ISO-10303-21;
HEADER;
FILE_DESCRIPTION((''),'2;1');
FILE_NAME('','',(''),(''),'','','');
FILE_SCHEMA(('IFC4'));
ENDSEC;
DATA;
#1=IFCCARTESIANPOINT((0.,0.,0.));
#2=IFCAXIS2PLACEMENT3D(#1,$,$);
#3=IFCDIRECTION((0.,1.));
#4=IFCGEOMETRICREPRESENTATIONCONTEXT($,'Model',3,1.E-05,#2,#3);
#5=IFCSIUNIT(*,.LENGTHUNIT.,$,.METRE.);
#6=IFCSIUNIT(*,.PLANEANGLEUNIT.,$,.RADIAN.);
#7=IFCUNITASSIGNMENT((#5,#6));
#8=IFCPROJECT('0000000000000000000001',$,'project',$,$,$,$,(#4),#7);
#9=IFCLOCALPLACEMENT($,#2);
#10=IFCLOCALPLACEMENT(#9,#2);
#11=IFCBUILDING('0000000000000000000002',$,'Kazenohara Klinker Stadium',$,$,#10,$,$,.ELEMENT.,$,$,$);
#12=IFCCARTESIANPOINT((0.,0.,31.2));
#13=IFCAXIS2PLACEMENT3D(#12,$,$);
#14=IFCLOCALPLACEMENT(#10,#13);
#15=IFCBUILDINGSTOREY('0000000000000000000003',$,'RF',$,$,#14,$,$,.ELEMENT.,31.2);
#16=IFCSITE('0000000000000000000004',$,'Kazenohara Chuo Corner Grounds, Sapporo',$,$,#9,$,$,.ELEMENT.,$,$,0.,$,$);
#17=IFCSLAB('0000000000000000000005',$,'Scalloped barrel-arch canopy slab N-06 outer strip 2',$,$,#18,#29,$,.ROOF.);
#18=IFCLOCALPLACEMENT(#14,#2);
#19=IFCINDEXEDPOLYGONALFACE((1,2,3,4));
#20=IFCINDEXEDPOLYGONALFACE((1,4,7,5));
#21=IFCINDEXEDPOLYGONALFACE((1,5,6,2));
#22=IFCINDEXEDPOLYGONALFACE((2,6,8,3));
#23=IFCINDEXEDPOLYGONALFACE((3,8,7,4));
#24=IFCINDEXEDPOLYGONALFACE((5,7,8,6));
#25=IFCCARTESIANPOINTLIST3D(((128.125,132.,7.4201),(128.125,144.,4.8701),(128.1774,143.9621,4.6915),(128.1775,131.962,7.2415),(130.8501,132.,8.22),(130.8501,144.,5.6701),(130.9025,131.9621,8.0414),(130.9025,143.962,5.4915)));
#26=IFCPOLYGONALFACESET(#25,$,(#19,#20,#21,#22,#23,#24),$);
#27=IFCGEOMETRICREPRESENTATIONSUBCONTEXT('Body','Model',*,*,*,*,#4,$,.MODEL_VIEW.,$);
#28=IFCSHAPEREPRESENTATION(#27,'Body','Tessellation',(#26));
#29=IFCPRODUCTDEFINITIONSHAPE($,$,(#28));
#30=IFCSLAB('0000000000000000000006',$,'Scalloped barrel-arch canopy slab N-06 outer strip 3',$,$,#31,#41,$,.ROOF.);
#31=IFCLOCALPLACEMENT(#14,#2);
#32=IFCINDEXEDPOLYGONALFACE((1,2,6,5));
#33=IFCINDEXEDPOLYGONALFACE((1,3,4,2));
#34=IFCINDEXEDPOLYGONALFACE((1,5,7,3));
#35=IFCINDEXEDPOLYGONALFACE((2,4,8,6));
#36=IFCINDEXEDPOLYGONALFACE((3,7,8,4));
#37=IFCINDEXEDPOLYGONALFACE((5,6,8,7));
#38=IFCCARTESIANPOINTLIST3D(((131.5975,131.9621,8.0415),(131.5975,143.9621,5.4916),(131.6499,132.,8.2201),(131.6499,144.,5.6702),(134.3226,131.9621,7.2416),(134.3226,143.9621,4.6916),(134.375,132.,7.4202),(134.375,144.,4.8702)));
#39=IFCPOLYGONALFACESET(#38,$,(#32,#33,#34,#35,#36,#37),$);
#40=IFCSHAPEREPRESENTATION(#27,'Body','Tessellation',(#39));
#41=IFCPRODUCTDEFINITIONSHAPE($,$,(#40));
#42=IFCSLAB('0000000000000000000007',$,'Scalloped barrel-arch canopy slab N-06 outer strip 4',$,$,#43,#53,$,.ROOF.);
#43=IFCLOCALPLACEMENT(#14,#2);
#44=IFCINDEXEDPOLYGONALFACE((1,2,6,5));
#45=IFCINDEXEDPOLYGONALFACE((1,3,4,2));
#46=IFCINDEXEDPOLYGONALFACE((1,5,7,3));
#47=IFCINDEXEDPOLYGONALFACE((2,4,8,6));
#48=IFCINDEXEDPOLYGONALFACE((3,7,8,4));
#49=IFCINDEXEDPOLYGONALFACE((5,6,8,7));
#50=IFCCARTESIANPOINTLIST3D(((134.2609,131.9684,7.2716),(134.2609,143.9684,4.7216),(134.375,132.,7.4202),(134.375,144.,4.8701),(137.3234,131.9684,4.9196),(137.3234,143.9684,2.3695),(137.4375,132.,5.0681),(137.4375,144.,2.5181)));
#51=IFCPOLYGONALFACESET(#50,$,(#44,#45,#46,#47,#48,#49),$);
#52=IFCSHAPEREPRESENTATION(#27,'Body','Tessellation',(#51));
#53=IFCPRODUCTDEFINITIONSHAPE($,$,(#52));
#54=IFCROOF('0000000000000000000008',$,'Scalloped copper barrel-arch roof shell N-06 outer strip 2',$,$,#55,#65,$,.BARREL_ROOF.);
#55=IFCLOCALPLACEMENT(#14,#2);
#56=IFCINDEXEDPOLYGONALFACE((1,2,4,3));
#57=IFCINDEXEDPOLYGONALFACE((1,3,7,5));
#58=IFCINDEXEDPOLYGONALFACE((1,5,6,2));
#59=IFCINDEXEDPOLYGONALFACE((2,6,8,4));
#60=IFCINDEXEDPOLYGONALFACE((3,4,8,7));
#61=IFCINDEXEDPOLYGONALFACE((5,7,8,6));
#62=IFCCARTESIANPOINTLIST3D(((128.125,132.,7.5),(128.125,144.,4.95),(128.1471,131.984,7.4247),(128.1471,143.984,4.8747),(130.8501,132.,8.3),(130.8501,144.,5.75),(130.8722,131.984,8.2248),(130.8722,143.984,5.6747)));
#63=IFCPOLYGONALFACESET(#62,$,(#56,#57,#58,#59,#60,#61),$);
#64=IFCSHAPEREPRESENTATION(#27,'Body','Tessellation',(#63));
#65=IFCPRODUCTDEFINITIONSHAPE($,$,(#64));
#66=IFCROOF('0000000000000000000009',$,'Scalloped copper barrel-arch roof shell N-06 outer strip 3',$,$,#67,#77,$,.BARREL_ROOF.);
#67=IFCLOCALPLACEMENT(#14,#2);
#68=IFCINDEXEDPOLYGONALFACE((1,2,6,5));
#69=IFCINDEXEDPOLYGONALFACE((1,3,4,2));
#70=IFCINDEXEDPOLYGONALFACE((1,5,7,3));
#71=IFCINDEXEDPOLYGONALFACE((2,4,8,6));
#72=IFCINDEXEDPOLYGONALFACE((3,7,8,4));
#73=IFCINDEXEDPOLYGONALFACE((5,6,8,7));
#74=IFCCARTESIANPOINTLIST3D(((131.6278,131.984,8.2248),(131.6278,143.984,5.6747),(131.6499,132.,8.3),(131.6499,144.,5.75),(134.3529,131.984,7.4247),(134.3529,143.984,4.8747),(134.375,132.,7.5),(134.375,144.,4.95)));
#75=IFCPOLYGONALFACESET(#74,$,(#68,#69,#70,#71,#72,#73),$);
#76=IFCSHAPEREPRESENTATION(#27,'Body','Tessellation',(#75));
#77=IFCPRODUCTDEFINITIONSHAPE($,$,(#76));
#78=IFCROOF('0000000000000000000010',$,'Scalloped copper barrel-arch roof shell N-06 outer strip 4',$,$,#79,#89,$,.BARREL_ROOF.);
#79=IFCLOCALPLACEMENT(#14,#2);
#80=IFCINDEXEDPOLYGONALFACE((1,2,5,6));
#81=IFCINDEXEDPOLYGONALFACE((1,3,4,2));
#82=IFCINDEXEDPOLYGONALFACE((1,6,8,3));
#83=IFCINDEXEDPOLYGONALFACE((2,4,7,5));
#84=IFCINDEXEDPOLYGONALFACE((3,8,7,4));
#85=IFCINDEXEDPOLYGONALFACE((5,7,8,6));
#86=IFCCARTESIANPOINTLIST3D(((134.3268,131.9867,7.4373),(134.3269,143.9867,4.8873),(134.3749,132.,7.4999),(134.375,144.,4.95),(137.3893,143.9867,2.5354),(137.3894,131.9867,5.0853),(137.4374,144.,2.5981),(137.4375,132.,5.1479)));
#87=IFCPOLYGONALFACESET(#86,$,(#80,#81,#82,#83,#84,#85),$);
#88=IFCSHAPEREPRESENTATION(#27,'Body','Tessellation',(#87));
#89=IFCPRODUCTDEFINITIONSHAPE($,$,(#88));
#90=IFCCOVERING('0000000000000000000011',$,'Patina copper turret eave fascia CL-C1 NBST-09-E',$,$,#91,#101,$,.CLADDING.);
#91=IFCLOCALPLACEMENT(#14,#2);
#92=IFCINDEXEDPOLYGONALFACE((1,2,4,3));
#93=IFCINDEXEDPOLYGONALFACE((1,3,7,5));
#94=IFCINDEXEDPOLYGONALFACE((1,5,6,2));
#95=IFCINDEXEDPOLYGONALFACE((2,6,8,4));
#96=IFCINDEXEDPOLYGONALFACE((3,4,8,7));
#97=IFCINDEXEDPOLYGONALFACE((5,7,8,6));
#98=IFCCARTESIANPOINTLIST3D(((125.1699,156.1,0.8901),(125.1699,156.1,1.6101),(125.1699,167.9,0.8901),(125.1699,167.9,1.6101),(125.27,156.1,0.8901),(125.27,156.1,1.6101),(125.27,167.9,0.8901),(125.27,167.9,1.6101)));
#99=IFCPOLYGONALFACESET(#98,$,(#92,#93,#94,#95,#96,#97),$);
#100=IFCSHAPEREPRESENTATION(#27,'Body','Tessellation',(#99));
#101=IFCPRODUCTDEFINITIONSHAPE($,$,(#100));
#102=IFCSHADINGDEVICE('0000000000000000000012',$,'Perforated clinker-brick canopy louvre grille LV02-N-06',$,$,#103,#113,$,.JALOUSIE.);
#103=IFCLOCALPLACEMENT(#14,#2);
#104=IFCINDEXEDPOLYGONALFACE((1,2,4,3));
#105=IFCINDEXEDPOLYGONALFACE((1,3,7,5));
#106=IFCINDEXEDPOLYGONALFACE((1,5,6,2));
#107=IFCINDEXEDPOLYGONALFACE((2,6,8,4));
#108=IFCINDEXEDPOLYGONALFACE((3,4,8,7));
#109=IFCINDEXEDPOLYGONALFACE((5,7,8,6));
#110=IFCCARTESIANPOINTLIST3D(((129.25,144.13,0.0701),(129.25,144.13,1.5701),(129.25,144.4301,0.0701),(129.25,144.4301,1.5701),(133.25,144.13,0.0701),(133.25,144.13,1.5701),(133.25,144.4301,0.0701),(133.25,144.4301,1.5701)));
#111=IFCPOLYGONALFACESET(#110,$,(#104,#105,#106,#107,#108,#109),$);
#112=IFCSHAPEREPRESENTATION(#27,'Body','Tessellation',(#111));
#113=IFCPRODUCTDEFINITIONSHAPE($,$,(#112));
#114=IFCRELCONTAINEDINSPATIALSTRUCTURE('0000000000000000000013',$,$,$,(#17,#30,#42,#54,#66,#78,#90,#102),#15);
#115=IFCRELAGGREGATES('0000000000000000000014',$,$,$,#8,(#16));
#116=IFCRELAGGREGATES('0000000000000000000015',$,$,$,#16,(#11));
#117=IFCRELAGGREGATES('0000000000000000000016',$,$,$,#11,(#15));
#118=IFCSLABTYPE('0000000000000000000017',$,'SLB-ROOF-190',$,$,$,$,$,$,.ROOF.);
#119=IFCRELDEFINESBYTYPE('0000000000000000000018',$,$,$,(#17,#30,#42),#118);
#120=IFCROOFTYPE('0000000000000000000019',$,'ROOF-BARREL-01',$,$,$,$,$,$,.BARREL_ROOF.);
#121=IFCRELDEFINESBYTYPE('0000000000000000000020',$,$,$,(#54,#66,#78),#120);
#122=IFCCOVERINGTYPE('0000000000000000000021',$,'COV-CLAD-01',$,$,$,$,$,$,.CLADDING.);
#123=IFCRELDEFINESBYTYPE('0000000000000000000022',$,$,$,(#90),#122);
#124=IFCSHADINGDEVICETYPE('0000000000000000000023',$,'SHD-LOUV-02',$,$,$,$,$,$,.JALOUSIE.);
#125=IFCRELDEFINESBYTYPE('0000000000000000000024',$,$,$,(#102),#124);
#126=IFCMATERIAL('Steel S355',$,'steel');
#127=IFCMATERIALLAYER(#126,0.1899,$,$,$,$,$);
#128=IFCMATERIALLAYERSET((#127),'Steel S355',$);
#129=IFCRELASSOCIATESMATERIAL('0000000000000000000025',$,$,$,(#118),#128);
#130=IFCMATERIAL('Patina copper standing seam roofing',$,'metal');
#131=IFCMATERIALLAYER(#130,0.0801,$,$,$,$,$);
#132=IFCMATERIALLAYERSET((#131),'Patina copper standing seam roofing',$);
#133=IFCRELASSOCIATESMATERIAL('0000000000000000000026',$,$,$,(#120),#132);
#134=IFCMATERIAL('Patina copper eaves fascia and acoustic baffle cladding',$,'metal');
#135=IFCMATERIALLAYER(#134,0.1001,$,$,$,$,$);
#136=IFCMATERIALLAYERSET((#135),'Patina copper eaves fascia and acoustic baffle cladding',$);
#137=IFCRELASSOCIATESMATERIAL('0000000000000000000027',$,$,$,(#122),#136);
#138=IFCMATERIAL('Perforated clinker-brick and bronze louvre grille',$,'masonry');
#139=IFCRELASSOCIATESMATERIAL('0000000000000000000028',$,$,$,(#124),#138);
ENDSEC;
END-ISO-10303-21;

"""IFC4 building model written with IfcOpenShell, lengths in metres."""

from ifc_helpers import new_model, si_unit, direction, frame, origin, origin_2d, place, context, subcontext, project, spatial, polyline, rectangle, outline, extrude, material, layer, layer_set, type_object, element, save


model = new_model("IFC4")

# Units and contexts
model_context = context("Model", 3, precision=1e-05, world=origin(), true_north=direction((0.0, 1.0)))
body_context = subcontext(model_context, "Body", "Model", "MODEL_VIEW")
ifc_project = project(units=[si_unit("LENGTHUNIT", "METRE"), si_unit("PLANEANGLEUNIT", "RADIAN")], contexts=[model_context])

# Site, building, storey
site_placement = place(None, origin())
site = spatial("IfcSite", under=ifc_project, at=site_placement, Name="Kazenohara Chuo Corner Grounds, Sapporo", CompositionType="ELEMENT", RefElevation=0.0)
building_placement = place(site_placement, origin())
building = spatial("IfcBuilding", under=site, at=building_placement, Name="Kazenohara Klinker Stadium", CompositionType="ELEMENT")
storey_placement = place(building_placement, frame((0.0, 0.0, 31.2)))
storey = spatial("IfcBuildingStorey", under=building, at=storey_placement, Name="RF", CompositionType="ELEMENT", Elevation=31.2)

# Shared definitions
ifc_material_1 = material(Name="Steel S355", Category="steel")

# Slabs
ifc_layer_1 = layer(ifc_material_1, 0.1899)
ifc_layer_set_1 = layer_set([ifc_layer_1], Name="Steel S355")
slab_type = type_object("IfcSlabType", Name="SLB-ROOF-190", PredefinedType="ROOF", material=ifc_layer_set_1)
slab_1_placement = place(storey_placement, frame((128.125, 144.0, 4.8701), z_axis=(-0.275979, 0.199781, 0.940172), x_axis=(0.000003, -0.97816, 0.207854)))
element("IfcSlab", 1, at=slab_1_placement, inside=storey, type_object=slab_type, Name="Scalloped barrel-arch canopy slab N-06 outer strip 2", PredefinedType="ROOF", context=body_context, shape_type="SweptSolid", body=[
    extrude(outline(polyline([(0.0, 0.0), (12.268, 0.0), (12.4342, 2.8352), (0.1663, 2.8352), (0.0, 0.0)])), origin(), (0.0, 0.0, -1.0), 0.1899),
])
slab_2_placement = place(storey_placement, frame((131.6499, 144.0, 5.6702), z_axis=(0.275979, 0.199781, 0.940172), x_axis=(0.000003, -0.97816, 0.207852)))
element("IfcSlab", 2, at=slab_2_placement, inside=storey, type_object=slab_type, Name="Scalloped barrel-arch canopy slab N-06 outer strip 3", PredefinedType="ROOF", context=body_context, shape_type="SweptSolid", body=[
    extrude(outline(polyline([(0.0, 0.0), (12.2679, 0.0), (12.1017, 2.8352), (-0.1663, 2.8352), (0.0, 0.0)])), origin(), (0.0, 0.0, -1.0), 0.1899),
])
slab_3_placement = place(storey_placement, frame((134.375, 144.0, 4.8701), z_axis=(0.600635, 0.166191, 0.78206), x_axis=(0.0, -0.978158, 0.207863)))
element("IfcSlab", 3, at=slab_3_placement, inside=storey, type_object=slab_type, Name="Scalloped barrel-arch canopy slab N-06 outer strip 4", PredefinedType="ROOF", context=body_context, shape_type="SweptSolid", body=[
    extrude(outline(polyline([(0.0, 0.0), (12.268, 0.0), (11.7791, 3.8304), (-0.4889, 3.8304), (0.0, 0.0)])), origin(), (0.0, 0.0, -1.0), 0.1899),
])

# Roofs
ifc_material_2 = material(Name="Patina copper standing seam roofing", Category="metal")
ifc_layer_2 = layer(ifc_material_2, 0.0801)
ifc_layer_set_2 = layer_set([ifc_layer_2], Name="Patina copper standing seam roofing")
roof_type = type_object("IfcRoofType", Name="ROOF-BARREL-01", PredefinedType="BARREL_ROOF", material=ifc_layer_set_2)
roof_1_placement = place(storey_placement, frame((128.125, 144.0, 4.95), z_axis=(-0.276017, 0.199788, 0.940159), x_axis=(0.0, -0.978158, 0.207863)))
element("IfcRoof", 4, at=roof_1_placement, inside=storey, type_object=roof_type, Name="Scalloped copper barrel-arch roof shell N-06 outer strip 2", PredefinedType="BARREL_ROOF", context=body_context, shape_type="SweptSolid", body=[
    extrude(outline(polyline([(0.0, 0.0), (12.268, 0.0), (12.4343, 2.8352), (0.1663, 2.8352), (0.0, 0.0)])), origin(), (0.0, 0.0, -1.0), 0.0801),
])
roof_2_placement = place(storey_placement, frame((131.6499, 144.0, 5.75), z_axis=(0.276017, 0.199788, 0.940159), x_axis=(0.0, -0.978158, 0.207863)))
element("IfcRoof", 5, at=roof_2_placement, inside=storey, type_object=roof_type, Name="Scalloped copper barrel-arch roof shell N-06 outer strip 3", PredefinedType="BARREL_ROOF", context=body_context, shape_type="SweptSolid", body=[
    extrude(outline(polyline([(0.0, 0.0), (12.268, 0.0), (12.1017, 2.8352), (-0.1663, 2.8352), (0.0, 0.0)])), origin(), (0.0, 0.0, -1.0), 0.0801),
])
roof_3_placement = place(storey_placement, frame((134.375, 144.0, 4.95), z_axis=(0.600616, 0.166186, 0.782076), x_axis=(-0.000005, -0.978159, 0.207856)))
element("IfcRoof", 6, at=roof_3_placement, inside=storey, type_object=roof_type, Name="Scalloped copper barrel-arch roof shell N-06 outer strip 4", PredefinedType="BARREL_ROOF", context=body_context, shape_type="SweptSolid", body=[
    extrude(outline(polyline([(0.0, 0.0), (12.268, 0.0), (11.7791, 3.8304), (-0.4889, 3.8303), (0.0, 0.0)])), origin(), (0.0, 0.0, -1.0), 0.0801),
])

# Covering
ifc_material_3 = material(Name="Patina copper eaves fascia and acoustic baffle cladding", Category="metal")
ifc_layer_3 = layer(ifc_material_3, 0.1001)
ifc_layer_set_3 = layer_set([ifc_layer_3], Name="Patina copper eaves fascia and acoustic baffle cladding")
covering_type = type_object("IfcCoveringType", Name="COV-CLAD-01", PredefinedType="CLADDING", material=ifc_layer_set_3)
covering_placement = place(storey_placement, frame((125.22, 162.0, 0.8901), z_axis=(0.0, 0.0, 1.0), x_axis=(1.0, 0.0, 0.0)))
element("IfcCovering", 7, at=covering_placement, inside=storey, type_object=covering_type, Name="Patina copper turret eave fascia CL-C1 NBST-09-E", PredefinedType="CLADDING", context=body_context, shape_type="SweptSolid", body=[
    extrude(rectangle(XDim=0.1001, YDim=11.8, at=origin_2d()), origin(), (0.0, 0.0, 1.0), 0.72),
])

# Shading device
ifc_material_4 = material(Name="Perforated clinker-brick and bronze louvre grille", Category="masonry")
shading_device_type = type_object("IfcShadingDeviceType", Name="SHD-LOUV-02", PredefinedType="JALOUSIE", material=ifc_material_4)
shading_device_placement = place(storey_placement, frame((131.25, 144.28, 0.0701), z_axis=(0.0, 0.0, 1.0), x_axis=(1.0, 0.0, 0.0)))
element("IfcShadingDevice", 8, at=shading_device_placement, inside=storey, type_object=shading_device_type, Name="Perforated clinker-brick canopy louvre grille LV02-N-06", PredefinedType="JALOUSIE", context=body_context, shape_type="SweptSolid", body=[
    extrude(rectangle(XDim=4.0, YDim=0.3, at=origin_2d()), origin(), (0.0, 0.0, 1.0), 1.5),
])

save(model, "model.ifc")
